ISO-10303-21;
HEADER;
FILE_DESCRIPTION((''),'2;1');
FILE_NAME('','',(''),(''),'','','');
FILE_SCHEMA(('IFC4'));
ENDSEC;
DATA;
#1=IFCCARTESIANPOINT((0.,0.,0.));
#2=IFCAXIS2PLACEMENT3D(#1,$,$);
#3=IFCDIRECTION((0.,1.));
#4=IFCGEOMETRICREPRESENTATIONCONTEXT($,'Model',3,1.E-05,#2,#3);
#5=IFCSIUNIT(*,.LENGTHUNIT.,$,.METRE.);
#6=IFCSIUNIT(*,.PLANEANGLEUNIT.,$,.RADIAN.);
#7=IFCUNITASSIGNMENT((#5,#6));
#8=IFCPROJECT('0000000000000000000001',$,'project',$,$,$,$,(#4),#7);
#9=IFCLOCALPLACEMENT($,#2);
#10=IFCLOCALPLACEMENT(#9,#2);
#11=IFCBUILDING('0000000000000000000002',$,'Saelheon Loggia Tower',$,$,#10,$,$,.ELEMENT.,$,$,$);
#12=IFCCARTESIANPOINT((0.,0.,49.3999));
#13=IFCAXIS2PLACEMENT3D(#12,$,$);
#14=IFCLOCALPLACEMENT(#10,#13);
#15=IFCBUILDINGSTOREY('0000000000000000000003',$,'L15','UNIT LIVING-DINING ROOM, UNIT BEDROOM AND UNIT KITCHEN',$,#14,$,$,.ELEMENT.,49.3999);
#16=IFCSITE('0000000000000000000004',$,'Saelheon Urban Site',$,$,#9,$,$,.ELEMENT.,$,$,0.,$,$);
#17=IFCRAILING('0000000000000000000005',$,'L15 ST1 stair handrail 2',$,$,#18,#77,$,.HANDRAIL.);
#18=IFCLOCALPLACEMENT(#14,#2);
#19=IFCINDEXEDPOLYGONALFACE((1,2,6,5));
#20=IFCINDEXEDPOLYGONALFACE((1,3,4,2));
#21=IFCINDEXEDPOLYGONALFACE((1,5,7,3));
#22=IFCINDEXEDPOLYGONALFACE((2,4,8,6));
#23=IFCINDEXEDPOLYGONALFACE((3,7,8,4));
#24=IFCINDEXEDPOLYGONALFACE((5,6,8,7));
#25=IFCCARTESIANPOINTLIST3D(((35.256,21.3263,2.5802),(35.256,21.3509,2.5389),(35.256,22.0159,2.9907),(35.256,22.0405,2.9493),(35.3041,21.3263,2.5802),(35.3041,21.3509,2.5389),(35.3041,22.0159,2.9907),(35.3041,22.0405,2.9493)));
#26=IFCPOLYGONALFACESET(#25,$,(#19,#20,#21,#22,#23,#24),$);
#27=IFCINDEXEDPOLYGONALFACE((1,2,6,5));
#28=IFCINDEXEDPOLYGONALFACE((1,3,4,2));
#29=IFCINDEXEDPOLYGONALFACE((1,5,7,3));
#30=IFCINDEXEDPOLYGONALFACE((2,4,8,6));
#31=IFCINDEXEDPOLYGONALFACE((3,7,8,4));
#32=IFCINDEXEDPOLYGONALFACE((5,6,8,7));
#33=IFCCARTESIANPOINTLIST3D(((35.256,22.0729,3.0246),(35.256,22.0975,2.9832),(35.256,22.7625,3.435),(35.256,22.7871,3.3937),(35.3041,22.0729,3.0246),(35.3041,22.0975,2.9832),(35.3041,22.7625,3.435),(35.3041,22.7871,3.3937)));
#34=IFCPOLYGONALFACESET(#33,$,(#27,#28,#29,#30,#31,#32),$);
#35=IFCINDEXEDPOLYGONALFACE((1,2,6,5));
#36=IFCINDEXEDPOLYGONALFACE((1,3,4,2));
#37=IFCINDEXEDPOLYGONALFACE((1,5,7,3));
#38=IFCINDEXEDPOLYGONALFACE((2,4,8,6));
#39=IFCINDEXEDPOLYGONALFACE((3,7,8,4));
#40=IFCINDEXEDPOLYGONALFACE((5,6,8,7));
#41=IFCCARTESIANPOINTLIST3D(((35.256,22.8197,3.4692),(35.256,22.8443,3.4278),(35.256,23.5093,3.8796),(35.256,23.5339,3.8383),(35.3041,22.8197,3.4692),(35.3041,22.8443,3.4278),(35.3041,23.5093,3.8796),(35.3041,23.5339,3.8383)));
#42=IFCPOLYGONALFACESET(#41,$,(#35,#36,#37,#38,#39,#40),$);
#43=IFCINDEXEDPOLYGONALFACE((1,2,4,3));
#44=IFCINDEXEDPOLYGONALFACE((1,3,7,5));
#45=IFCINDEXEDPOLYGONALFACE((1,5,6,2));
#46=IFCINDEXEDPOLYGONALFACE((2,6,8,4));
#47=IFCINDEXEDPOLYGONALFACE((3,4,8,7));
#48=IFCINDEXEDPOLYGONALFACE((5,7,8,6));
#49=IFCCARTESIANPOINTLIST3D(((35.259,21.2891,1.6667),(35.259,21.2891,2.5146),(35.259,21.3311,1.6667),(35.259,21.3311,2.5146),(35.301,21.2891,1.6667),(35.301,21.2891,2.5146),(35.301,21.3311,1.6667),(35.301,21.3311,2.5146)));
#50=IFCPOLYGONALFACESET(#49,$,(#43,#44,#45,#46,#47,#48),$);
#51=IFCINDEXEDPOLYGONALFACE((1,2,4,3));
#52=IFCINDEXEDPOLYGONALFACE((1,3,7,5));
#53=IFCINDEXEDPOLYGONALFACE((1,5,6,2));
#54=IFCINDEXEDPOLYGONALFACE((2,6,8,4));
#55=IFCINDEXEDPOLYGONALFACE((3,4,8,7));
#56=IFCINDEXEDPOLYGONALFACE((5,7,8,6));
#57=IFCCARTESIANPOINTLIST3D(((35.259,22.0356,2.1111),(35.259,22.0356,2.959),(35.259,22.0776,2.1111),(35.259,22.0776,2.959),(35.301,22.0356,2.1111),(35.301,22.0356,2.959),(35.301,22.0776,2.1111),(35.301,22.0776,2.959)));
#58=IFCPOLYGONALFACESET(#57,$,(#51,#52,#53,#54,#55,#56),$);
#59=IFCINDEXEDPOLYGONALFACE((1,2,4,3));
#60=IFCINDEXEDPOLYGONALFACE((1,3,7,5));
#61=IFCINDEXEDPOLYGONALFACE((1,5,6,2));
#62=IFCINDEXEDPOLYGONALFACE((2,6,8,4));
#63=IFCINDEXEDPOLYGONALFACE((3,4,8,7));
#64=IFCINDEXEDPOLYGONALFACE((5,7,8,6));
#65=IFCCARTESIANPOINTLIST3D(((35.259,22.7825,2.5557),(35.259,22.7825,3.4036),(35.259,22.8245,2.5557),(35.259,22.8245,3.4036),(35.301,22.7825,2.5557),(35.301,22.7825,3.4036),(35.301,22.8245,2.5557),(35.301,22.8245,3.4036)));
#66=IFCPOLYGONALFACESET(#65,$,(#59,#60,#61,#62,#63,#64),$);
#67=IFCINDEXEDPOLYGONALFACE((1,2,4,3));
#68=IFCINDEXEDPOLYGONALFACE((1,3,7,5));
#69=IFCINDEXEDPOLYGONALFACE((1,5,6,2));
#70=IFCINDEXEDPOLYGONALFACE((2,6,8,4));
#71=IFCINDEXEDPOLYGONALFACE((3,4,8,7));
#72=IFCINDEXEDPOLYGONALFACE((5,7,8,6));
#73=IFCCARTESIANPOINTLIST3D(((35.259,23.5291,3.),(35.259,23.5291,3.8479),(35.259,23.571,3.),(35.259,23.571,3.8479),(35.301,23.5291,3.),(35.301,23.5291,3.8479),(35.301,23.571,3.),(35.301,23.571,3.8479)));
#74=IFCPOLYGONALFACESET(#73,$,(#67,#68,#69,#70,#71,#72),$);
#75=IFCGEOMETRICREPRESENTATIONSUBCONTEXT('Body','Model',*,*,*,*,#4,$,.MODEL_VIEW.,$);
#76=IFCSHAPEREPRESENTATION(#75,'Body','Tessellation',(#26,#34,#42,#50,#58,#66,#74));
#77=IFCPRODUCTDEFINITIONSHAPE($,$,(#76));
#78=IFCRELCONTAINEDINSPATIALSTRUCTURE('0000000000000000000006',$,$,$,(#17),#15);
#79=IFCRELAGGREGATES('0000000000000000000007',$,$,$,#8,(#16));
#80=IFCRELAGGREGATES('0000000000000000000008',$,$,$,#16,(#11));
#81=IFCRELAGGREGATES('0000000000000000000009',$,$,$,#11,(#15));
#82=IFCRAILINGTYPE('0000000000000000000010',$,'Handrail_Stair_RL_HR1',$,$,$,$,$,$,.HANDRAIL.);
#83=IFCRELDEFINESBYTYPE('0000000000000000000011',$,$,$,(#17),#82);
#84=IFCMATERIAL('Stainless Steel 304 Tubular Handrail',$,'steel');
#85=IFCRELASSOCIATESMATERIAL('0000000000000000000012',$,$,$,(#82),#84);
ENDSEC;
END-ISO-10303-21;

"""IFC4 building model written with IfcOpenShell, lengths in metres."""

from ifc_helpers import new_model, si_unit, direction, frame, origin, origin_2d, place, context, subcontext, project, spatial, rectangle, extrude, material, type_object, element, save


model = new_model("IFC4")

# Units and contexts
model_context = context("Model", 3, precision=1e-05, world=origin(), true_north=direction((0.0, 1.0)))
body_context = subcontext(model_context, "Body", "Model", "MODEL_VIEW")
ifc_project = project(units=[si_unit("LENGTHUNIT", "METRE"), si_unit("PLANEANGLEUNIT", "RADIAN")], contexts=[model_context])

# Site, building, storey
site_placement = place(None, origin())
site = spatial("IfcSite", under=ifc_project, at=site_placement, Name="Saelheon Urban Site", CompositionType="ELEMENT", RefElevation=0.0)
building_placement = place(site_placement, origin())
building = spatial("IfcBuilding", under=site, at=building_placement, Name="Saelheon Loggia Tower", CompositionType="ELEMENT")
storey_placement = place(building_placement, frame((0.0, 0.0, 49.3999)))
storey = spatial("IfcBuildingStorey", under=building, at=storey_placement, Name="L15", Description="UNIT LIVING-DINING ROOM, UNIT BEDROOM AND UNIT KITCHEN", CompositionType="ELEMENT", Elevation=49.3999)

# Railing
ifc_material_1 = material(Name="Stainless Steel 304 Tubular Handrail", Category="steel")
railing_type_1 = type_object("IfcRailingType", Name="Handrail_Stair_RL_HR1", PredefinedType="HANDRAIL", material=ifc_material_1)
railing_1_placement = place(storey_placement, frame((35.28, 21.3101, 1.6667)))
element("IfcRailing", 1, at=railing_1_placement, inside=storey, type_object=railing_type_1, Name="L15 ST1 stair handrail 2", PredefinedType="HANDRAIL", context=body_context, shape_type="SweptSolid", body=[
    extrude(rectangle(XDim=0.0481, YDim=0.0481, at=origin_2d()), frame((0.0, 0.0286, 0.8928), z_axis=(0.0, 0.859306, 0.511462), x_axis=(-1.0, 0.0, 0.0)), (0.0, 0.0, 1.0), 0.8025),
    extrude(rectangle(XDim=0.0481, YDim=0.0481, at=origin_2d()), frame((0.0, 0.7751, 1.3372), z_axis=(0.0, 0.859306, 0.511462), x_axis=(-1.0, 0.0, 0.0)), (0.0, 0.0, 1.0), 0.8025),
    extrude(rectangle(XDim=0.0481, YDim=0.0481, at=origin_2d()), frame((0.0, 1.522, 1.7817), z_axis=(0.0, 0.859306, 0.511462), x_axis=(-1.0, 0.0, 0.0)), (0.0, 0.0, 1.0), 0.8025),
    extrude(rectangle(XDim=0.042, YDim=0.042, at=origin_2d()), origin(), (0.0, 0.0, 1.0), 0.8479),
    extrude(rectangle(XDim=0.042, YDim=0.042, at=origin_2d()), frame((0.0, 0.7466, 0.4443)), (0.0, 0.0, 1.0), 0.8479),
    extrude(rectangle(XDim=0.042, YDim=0.042, at=origin_2d()), frame((0.0, 1.4934, 0.8889)), (0.0, 0.0, 1.0), 0.8479),
    extrude(rectangle(XDim=0.042, YDim=0.042, at=origin_2d()), frame((0.0, 2.24, 1.3333)), (0.0, 0.0, 1.0), 0.8479),
])

save(model, "model.ifc")
